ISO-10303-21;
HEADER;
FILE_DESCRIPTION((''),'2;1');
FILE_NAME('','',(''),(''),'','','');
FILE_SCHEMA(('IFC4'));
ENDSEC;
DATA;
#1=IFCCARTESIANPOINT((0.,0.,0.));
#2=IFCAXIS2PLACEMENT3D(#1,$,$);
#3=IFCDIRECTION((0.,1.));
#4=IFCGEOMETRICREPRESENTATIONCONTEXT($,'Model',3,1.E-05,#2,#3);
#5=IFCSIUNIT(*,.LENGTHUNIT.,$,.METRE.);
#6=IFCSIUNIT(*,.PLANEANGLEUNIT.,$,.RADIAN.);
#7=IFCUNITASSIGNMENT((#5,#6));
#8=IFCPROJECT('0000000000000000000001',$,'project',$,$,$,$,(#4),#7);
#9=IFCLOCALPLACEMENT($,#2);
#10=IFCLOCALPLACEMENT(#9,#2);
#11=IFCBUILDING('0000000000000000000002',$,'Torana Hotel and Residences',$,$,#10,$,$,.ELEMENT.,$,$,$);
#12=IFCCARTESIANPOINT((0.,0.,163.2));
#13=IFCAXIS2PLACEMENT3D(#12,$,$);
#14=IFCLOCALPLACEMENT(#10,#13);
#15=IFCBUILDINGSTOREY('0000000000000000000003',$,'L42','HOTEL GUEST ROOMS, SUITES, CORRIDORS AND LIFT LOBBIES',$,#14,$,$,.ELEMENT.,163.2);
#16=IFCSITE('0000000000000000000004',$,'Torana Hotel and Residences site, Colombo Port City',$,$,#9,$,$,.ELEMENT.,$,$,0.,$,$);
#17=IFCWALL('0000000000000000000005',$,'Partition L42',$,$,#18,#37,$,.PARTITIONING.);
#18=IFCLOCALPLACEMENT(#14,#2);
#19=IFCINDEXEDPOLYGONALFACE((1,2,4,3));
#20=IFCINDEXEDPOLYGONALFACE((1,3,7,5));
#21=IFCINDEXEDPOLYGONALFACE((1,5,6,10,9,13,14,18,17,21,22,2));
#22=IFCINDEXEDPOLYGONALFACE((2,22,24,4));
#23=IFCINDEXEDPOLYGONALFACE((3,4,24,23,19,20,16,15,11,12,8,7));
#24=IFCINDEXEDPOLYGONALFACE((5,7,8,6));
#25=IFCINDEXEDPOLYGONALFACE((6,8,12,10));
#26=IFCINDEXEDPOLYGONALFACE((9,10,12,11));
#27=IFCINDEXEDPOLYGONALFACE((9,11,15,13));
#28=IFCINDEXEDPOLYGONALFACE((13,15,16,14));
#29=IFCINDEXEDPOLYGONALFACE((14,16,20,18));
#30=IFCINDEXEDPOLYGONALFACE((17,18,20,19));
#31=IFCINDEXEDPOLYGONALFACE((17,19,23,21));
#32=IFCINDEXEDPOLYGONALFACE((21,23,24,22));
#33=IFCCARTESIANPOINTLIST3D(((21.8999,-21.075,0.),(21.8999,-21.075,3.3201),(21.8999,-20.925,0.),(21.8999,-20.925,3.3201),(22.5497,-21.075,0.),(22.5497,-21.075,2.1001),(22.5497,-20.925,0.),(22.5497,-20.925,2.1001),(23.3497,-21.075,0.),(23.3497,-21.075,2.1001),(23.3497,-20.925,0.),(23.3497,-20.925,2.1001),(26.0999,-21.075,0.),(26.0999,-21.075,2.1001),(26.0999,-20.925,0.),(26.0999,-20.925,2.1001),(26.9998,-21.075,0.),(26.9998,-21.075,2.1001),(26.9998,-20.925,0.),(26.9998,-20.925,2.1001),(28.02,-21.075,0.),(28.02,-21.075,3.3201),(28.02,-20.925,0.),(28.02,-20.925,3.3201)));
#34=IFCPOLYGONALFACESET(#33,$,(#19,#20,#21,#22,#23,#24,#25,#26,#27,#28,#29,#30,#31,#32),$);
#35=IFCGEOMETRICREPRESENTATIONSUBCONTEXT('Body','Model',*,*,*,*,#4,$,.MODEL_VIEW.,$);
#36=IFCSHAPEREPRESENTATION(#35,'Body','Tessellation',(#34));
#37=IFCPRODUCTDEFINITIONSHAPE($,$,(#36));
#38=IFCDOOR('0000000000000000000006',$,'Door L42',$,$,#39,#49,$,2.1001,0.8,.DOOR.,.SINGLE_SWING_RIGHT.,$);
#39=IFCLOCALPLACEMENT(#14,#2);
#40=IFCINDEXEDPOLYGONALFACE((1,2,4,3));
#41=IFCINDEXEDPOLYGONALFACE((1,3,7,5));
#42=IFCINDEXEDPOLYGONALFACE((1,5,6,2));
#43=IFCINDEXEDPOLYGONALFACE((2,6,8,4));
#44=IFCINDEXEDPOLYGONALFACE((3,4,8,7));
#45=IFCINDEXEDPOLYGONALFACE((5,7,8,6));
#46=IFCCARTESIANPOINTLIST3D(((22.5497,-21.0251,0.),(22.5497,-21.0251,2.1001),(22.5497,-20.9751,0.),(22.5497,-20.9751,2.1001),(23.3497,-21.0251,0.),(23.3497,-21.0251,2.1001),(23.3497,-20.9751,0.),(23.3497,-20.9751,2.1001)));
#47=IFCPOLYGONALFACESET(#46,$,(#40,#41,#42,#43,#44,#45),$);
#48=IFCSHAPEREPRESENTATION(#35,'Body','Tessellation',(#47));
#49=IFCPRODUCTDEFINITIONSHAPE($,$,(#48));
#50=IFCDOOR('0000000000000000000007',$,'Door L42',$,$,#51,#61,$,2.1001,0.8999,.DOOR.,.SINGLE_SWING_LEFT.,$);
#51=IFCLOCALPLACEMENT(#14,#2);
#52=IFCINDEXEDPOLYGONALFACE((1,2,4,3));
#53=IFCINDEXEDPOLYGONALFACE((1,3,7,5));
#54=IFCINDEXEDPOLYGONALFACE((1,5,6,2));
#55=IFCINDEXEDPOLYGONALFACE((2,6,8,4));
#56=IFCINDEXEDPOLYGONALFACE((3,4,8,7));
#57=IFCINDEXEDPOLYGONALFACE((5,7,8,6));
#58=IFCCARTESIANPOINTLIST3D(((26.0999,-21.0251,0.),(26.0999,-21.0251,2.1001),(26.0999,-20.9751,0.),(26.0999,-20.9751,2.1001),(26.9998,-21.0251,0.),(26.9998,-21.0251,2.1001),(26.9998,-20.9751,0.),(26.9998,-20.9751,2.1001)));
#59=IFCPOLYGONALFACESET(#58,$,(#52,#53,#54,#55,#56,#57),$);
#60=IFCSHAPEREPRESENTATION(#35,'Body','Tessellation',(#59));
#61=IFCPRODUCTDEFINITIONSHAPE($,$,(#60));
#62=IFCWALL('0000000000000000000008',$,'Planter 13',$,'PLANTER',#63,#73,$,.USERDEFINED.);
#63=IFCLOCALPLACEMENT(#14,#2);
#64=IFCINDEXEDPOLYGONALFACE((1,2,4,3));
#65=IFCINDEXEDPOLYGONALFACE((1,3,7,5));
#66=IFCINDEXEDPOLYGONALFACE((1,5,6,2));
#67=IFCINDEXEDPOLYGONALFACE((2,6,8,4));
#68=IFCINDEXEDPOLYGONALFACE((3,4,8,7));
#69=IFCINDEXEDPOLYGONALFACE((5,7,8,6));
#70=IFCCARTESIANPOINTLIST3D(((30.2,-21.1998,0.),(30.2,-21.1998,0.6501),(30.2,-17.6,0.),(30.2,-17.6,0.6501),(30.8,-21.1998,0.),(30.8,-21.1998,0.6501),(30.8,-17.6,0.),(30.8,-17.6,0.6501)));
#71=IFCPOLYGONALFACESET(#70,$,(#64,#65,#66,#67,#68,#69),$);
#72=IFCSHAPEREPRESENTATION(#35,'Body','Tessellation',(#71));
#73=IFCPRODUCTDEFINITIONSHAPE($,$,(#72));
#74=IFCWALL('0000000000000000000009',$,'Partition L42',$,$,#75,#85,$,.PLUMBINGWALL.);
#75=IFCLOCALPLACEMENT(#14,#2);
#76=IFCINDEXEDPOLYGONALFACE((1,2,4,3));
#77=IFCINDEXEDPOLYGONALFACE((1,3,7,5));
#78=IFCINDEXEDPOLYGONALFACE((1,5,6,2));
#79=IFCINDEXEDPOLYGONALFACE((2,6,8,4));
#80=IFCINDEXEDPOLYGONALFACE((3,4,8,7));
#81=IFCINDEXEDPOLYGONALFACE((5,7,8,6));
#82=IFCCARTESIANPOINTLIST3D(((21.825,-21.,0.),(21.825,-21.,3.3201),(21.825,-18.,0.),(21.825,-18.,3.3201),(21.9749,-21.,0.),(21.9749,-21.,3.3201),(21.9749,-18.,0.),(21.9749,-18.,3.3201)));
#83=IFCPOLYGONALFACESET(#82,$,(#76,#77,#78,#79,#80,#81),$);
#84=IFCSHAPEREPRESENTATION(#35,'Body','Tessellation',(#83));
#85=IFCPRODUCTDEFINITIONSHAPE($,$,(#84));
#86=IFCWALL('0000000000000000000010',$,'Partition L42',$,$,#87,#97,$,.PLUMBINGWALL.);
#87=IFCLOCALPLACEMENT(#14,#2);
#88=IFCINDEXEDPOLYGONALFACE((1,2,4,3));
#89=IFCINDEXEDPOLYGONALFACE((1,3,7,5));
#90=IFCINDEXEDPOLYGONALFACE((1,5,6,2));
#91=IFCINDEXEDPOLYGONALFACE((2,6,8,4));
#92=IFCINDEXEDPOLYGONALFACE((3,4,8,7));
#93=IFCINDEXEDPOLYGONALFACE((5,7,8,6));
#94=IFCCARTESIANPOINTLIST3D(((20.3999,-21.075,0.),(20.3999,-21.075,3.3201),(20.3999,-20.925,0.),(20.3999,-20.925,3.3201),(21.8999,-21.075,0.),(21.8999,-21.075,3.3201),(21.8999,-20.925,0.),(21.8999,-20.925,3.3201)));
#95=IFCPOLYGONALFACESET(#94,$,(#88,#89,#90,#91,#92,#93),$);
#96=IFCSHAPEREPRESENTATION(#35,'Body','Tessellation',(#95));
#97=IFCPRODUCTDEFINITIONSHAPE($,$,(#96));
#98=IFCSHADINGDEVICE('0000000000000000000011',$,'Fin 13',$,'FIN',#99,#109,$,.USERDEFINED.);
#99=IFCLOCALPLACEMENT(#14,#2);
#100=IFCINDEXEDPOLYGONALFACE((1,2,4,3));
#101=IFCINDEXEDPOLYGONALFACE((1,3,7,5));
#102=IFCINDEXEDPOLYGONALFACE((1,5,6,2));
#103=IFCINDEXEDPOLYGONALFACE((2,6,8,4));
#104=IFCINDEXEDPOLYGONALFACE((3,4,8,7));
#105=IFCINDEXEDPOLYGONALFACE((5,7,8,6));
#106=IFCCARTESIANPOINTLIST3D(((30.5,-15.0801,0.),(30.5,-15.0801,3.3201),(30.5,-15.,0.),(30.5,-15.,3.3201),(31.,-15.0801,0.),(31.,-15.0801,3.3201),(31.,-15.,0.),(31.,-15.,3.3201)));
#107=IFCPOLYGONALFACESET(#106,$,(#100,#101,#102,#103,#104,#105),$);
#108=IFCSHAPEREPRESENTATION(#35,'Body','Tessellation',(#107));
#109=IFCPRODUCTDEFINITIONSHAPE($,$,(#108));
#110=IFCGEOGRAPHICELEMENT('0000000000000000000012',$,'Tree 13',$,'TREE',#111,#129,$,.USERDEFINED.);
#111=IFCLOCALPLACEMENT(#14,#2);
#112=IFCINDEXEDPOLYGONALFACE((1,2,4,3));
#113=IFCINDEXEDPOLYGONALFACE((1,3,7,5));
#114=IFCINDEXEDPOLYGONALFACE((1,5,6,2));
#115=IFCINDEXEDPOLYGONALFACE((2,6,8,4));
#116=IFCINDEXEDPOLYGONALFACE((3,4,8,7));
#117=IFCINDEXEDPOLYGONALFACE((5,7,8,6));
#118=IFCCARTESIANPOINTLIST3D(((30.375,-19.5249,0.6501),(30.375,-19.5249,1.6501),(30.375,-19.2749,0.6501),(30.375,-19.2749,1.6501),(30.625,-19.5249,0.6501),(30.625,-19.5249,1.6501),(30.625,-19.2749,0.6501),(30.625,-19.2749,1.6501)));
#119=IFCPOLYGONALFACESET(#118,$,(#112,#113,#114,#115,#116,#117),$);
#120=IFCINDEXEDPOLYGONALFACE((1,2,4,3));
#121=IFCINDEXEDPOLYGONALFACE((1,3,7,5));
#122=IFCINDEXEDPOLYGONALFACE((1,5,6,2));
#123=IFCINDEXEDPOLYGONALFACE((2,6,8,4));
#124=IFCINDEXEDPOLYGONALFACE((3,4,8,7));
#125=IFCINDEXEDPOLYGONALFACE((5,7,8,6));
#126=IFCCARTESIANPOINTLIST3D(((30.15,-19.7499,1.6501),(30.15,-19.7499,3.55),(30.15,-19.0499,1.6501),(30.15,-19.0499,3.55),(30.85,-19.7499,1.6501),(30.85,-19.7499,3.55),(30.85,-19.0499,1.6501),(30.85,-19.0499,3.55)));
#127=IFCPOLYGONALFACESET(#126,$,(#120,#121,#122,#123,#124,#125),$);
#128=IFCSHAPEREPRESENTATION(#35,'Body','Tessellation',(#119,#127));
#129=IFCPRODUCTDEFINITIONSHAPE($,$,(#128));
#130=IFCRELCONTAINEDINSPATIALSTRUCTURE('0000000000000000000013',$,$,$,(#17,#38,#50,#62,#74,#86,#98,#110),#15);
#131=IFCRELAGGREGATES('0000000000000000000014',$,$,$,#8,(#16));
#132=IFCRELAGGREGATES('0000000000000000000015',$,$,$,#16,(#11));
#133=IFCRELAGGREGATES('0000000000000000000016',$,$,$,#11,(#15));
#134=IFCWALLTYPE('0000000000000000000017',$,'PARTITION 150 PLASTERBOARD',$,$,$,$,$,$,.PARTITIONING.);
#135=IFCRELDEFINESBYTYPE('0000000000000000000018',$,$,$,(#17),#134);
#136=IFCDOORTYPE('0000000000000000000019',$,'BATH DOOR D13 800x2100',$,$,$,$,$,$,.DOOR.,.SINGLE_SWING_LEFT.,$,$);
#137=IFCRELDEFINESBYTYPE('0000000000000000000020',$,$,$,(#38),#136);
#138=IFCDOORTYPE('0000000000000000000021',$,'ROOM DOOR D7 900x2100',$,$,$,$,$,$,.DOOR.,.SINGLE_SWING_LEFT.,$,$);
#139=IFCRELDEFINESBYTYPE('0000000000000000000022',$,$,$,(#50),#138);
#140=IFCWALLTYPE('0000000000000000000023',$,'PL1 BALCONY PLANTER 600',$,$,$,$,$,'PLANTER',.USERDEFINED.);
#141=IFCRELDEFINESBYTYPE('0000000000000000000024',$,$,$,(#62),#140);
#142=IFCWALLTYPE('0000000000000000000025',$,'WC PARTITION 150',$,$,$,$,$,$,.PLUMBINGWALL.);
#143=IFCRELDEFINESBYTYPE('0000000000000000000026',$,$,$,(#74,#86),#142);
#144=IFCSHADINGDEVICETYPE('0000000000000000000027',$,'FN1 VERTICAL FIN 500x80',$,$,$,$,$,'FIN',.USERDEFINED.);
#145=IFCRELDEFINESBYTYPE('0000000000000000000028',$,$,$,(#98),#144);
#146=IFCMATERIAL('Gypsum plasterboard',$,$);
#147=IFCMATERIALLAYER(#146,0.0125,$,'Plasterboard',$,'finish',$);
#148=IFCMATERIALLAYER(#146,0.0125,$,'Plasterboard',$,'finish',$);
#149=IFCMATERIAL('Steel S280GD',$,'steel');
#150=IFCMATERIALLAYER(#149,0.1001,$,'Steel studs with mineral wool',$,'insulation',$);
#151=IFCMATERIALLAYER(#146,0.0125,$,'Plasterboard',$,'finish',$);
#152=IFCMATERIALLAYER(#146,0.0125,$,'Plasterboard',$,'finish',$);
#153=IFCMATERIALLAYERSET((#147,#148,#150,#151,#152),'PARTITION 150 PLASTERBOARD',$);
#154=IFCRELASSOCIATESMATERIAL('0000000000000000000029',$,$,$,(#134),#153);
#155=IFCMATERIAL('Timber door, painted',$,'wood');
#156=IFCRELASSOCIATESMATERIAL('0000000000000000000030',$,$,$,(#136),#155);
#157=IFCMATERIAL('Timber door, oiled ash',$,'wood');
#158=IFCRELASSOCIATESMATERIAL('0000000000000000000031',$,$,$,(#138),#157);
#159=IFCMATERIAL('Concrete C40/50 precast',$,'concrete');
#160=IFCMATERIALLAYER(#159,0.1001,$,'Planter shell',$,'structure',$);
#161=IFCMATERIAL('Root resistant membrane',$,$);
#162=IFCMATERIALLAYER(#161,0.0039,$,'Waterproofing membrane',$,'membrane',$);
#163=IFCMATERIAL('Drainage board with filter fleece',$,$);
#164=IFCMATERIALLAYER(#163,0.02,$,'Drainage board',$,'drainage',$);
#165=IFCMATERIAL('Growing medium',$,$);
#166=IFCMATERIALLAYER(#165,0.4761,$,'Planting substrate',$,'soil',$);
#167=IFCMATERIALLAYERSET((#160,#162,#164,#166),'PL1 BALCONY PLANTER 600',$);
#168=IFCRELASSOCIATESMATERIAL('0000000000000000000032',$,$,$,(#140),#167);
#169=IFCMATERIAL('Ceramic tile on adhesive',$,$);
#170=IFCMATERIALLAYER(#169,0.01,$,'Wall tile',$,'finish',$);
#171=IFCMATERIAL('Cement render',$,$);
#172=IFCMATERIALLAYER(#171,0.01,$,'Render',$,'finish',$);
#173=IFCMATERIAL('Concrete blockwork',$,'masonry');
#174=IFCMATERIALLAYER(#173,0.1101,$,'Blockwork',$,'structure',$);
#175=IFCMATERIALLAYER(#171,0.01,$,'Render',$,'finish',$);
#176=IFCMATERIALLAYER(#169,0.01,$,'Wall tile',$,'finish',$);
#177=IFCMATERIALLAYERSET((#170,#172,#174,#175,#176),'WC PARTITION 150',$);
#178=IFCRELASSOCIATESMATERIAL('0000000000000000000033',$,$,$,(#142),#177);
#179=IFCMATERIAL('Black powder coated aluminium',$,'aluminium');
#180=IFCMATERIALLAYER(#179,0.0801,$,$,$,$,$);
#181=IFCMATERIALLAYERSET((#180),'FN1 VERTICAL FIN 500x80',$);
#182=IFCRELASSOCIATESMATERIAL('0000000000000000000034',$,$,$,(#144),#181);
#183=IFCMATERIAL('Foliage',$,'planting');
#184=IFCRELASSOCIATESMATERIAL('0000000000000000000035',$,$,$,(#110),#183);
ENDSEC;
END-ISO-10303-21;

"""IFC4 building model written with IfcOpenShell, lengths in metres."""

from ifc_helpers import new_model, si_unit, direction, frame, frame_2d, origin, origin_2d, place, context, subcontext, project, spatial, rectangle, extrude, material, layer, layer_set, type_object, element, fill, save


model = new_model("IFC4")

# Units and contexts
model_context = context("Model", 3, precision=1e-05, world=origin(), true_north=direction((0.0, 1.0)))
body_context = subcontext(model_context, "Body", "Model", "MODEL_VIEW")
ifc_project = project(units=[si_unit("LENGTHUNIT", "METRE"), si_unit("PLANEANGLEUNIT", "RADIAN")], contexts=[model_context])

# Site, building, storey
site_placement = place(None, origin())
site = spatial("IfcSite", under=ifc_project, at=site_placement, Name="Torana Hotel and Residences site, Colombo Port City", CompositionType="ELEMENT", RefElevation=0.0)
building_placement = place(site_placement, origin())
building = spatial("IfcBuilding", under=site, at=building_placement, Name="Torana Hotel and Residences", CompositionType="ELEMENT")
storey_placement = place(building_placement, frame((0.0, 0.0, 163.2)))
storey = spatial("IfcBuildingStorey", under=building, at=storey_placement, Name="L42", Description="HOTEL GUEST ROOMS, SUITES, CORRIDORS AND LIFT LOBBIES", CompositionType="ELEMENT", Elevation=163.2)

# Shared definitions
ifc_material_1 = material(Name="Concrete blockwork", Category="masonry")

# Shared definitions
ifc_material_2 = material(Name="Gypsum plasterboard")
ifc_layer_1 = layer(ifc_material_2, 0.0125, Name="Plasterboard", Category="finish")
ifc_layer_2 = layer(ifc_material_2, 0.0125, Name="Plasterboard", Category="finish")
ifc_material_3 = material(Name="Steel S280GD", Category="steel")
ifc_layer_3 = layer(ifc_material_3, 0.1001, Name="Steel studs with mineral wool", Category="insulation")
ifc_layer_4 = layer(ifc_material_2, 0.0125, Name="Plasterboard", Category="finish")
ifc_layer_5 = layer(ifc_material_2, 0.0125, Name="Plasterboard", Category="finish")
ifc_layer_set_1 = layer_set([ifc_layer_1, ifc_layer_2, ifc_layer_3, ifc_layer_4, ifc_layer_5], Name="PARTITION 150 PLASTERBOARD")
wall_type_1 = type_object("IfcWallType", Name="PARTITION 150 PLASTERBOARD", PredefinedType="PARTITIONING", material=ifc_layer_set_1)

# Wall, openings, doors
wall_1_placement = place(storey_placement, frame((21.8999, -21.0, 0.0), z_axis=(0.0, 0.0, 1.0), x_axis=(1.0, 0.0, 0.0)))
wall_1 = element("IfcWall", 1, at=wall_1_placement, inside=storey, type_object=wall_type_1, Name="Partition L42", PredefinedType="PARTITIONING", context=body_context, shape_type="SweptSolid", body=[
    extrude(rectangle(XDim=6.1201, YDim=0.1499, at=frame_2d((3.0601, 0.0))), origin(), (0.0, 0.0, 1.0), 3.3201),
])
opening_1_placement = place(wall_1_placement, frame((0.6499, 0.0, 0.0)))
opening_1 = element("IfcOpeningElement", 2, at=opening_1_placement, cuts=wall_1, PredefinedType="OPENING", context=body_context, shape_type="SweptSolid", body=[
    extrude(rectangle(XDim=0.8, YDim=2.1001, at=frame_2d((0.3999, 1.05))), frame((0.0, 0.085, 0.0), z_axis=(0.0, -1.0, 0.0), x_axis=(1.0, 0.0, 0.0)), (0.0, 0.0, 1.0), 0.1699),
])
opening_2_placement = place(wall_1_placement, frame((4.2, 0.0, 0.0)))
opening_2 = element("IfcOpeningElement", 3, at=opening_2_placement, cuts=wall_1, PredefinedType="OPENING", context=body_context, shape_type="SweptSolid", body=[
    extrude(rectangle(XDim=0.8999, YDim=2.1001, at=frame_2d((0.45, 1.05))), frame((0.0, 0.085, 0.0), z_axis=(0.0, -1.0, 0.0), x_axis=(1.0, 0.0, 0.0)), (0.0, 0.0, 1.0), 0.1699),
])
ifc_material_4 = material(Name="Timber door, painted", Category="wood")
door_type_1 = type_object("IfcDoorType", Name="BATH DOOR D13 800x2100", OperationType="SINGLE_SWING_LEFT", PredefinedType="DOOR", material=ifc_material_4)
door_1_placement = place(opening_1_placement, origin())
door_1 = element("IfcDoor", 4, at=door_1_placement, inside=storey, type_object=door_type_1, Name="Door L42", OperationType="SINGLE_SWING_RIGHT", OverallHeight=2.1001, OverallWidth=0.8, PredefinedType="DOOR", context=body_context, shape_type="SweptSolid", body=[
    extrude(rectangle(XDim=0.8, YDim=2.1001, at=frame_2d((0.3999, 1.05))), frame((0.0, 0.0249, 0.0), z_axis=(0.0, -1.0, 0.0), x_axis=(1.0, 0.0, 0.0)), (0.0, 0.0, 1.0), 0.05),
])
fill(opening_1, door_1)
ifc_material_5 = material(Name="Timber door, oiled ash", Category="wood")
door_type_2 = type_object("IfcDoorType", Name="ROOM DOOR D7 900x2100", OperationType="SINGLE_SWING_LEFT", PredefinedType="DOOR", material=ifc_material_5)
door_2_placement = place(opening_2_placement, origin())
door_2 = element("IfcDoor", 5, at=door_2_placement, inside=storey, type_object=door_type_2, Name="Door L42", OperationType="SINGLE_SWING_LEFT", OverallHeight=2.1001, OverallWidth=0.8999, PredefinedType="DOOR", context=body_context, shape_type="SweptSolid", body=[
    extrude(rectangle(XDim=0.8999, YDim=2.1001, at=frame_2d((0.45, 1.05))), frame((0.0, 0.0249, 0.0), z_axis=(0.0, -1.0, 0.0), x_axis=(1.0, 0.0, 0.0)), (0.0, 0.0, 1.0), 0.05),
])
fill(opening_2, door_2)

# Walls
ifc_material_6 = material(Name="Concrete C40/50 precast", Category="concrete")
ifc_layer_6 = layer(ifc_material_6, 0.1001, Name="Planter shell", Category="structure")
ifc_material_7 = material(Name="Root resistant membrane")
ifc_layer_7 = layer(ifc_material_7, 0.0039, Name="Waterproofing membrane", Category="membrane")
ifc_material_8 = material(Name="Drainage board with filter fleece")
ifc_layer_8 = layer(ifc_material_8, 0.02, Name="Drainage board", Category="drainage")
ifc_material_9 = material(Name="Growing medium")
ifc_layer_9 = layer(ifc_material_9, 0.4761, Name="Planting substrate", Category="soil")
ifc_layer_set_2 = layer_set([ifc_layer_6, ifc_layer_7, ifc_layer_8, ifc_layer_9], Name="PL1 BALCONY PLANTER 600")
wall_type_2 = type_object("IfcWallType", Name="PL1 BALCONY PLANTER 600", ElementType="PLANTER", PredefinedType="USERDEFINED", material=ifc_layer_set_2)
wall_2_placement = place(storey_placement, frame((30.5, -17.6001, 0.0), z_axis=(0.0, 0.0, 1.0), x_axis=(0.0, -1.0, 0.0)))
element("IfcWall", 6, at=wall_2_placement, inside=storey, type_object=wall_type_2, Name="Planter 13", ObjectType="PLANTER", PredefinedType="USERDEFINED", context=body_context, shape_type="SweptSolid", body=[
    extrude(rectangle(XDim=3.5999, YDim=0.6001, at=frame_2d((1.7998, 0.0))), origin(), (0.0, 0.0, 1.0), 0.6501),
])
ifc_material_10 = material(Name="Ceramic tile on adhesive")
ifc_layer_10 = layer(ifc_material_10, 0.01, Name="Wall tile", Category="finish")
ifc_material_11 = material(Name="Cement render")
ifc_layer_11 = layer(ifc_material_11, 0.01, Name="Render", Category="finish")
ifc_layer_12 = layer(ifc_material_1, 0.1101, Name="Blockwork", Category="structure")
ifc_layer_13 = layer(ifc_material_11, 0.01, Name="Render", Category="finish")
ifc_layer_14 = layer(ifc_material_10, 0.01, Name="Wall tile", Category="finish")
ifc_layer_set_3 = layer_set([ifc_layer_10, ifc_layer_11, ifc_layer_12, ifc_layer_13, ifc_layer_14], Name="WC PARTITION 150")
wall_type_3 = type_object("IfcWallType", Name="WC PARTITION 150", PredefinedType="PLUMBINGWALL", material=ifc_layer_set_3)
wall_3_placement = place(storey_placement, frame((21.8999, -21.0, 0.0), z_axis=(0.0, 0.0, 1.0), x_axis=(0.0, 1.0, 0.0)))
element("IfcWall", 7, at=wall_3_placement, inside=storey, type_object=wall_type_3, Name="Partition L42", PredefinedType="PLUMBINGWALL", context=body_context, shape_type="SweptSolid", body=[
    extrude(rectangle(XDim=3.0, YDim=0.1499, at=frame_2d((1.5, 0.0))), origin(), (0.0, 0.0, 1.0), 3.3201),
])
wall_4_placement = place(storey_placement, frame((20.3999, -21.0, 0.0), z_axis=(0.0, 0.0, 1.0), x_axis=(1.0, 0.0, 0.0)))
element("IfcWall", 8, at=wall_4_placement, inside=storey, type_object=wall_type_3, Name="Partition L42", PredefinedType="PLUMBINGWALL", context=body_context, shape_type="SweptSolid", body=[
    extrude(rectangle(XDim=1.5, YDim=0.1499, at=frame_2d((0.75, 0.0))), origin(), (0.0, 0.0, 1.0), 3.3201),
])

# Shading device
ifc_material_12 = material(Name="Black powder coated aluminium", Category="aluminium")
ifc_layer_15 = layer(ifc_material_12, 0.0801)
ifc_layer_set_4 = layer_set([ifc_layer_15], Name="FN1 VERTICAL FIN 500x80")
shading_device_type = type_object("IfcShadingDeviceType", Name="FN1 VERTICAL FIN 500x80", ElementType="FIN", PredefinedType="USERDEFINED", material=ifc_layer_set_4)
shading_device_placement = place(storey_placement, frame((30.75, -15.04, 0.0), z_axis=(0.0, 0.0, 1.0), x_axis=(0.0, -1.0, 0.0)))
element("IfcShadingDevice", 9, at=shading_device_placement, inside=storey, type_object=shading_device_type, Name="Fin 13", ObjectType="FIN", PredefinedType="USERDEFINED", context=body_context, shape_type="SweptSolid", body=[
    extrude(rectangle(XDim=0.0801, YDim=0.5, at=origin_2d()), origin(), (0.0, 0.0, 1.0), 3.3201),
])

# Geographic element
ifc_material_13 = material(Name="Foliage", Category="planting")
geographic_element_placement = place(storey_placement, frame((30.5, -19.3999, 0.6501), z_axis=(0.0, 0.0, 1.0), x_axis=(1.0, 0.0, 0.0)))
element("IfcGeographicElement", 10, at=geographic_element_placement, inside=storey, material=ifc_material_13, Name="Tree 13", ObjectType="TREE", PredefinedType="USERDEFINED", context=body_context, shape_type="SweptSolid", body=[
    extrude(rectangle(XDim=0.25, YDim=0.25, at=origin_2d()), origin(), (0.0, 0.0, 1.0), 1.0),
    extrude(rectangle(XDim=0.7, YDim=0.7, at=origin_2d()), frame((0.0, 0.0, 1.0)), (0.0, 0.0, 1.0), 1.8999),
])

save(model, "model.ifc")
